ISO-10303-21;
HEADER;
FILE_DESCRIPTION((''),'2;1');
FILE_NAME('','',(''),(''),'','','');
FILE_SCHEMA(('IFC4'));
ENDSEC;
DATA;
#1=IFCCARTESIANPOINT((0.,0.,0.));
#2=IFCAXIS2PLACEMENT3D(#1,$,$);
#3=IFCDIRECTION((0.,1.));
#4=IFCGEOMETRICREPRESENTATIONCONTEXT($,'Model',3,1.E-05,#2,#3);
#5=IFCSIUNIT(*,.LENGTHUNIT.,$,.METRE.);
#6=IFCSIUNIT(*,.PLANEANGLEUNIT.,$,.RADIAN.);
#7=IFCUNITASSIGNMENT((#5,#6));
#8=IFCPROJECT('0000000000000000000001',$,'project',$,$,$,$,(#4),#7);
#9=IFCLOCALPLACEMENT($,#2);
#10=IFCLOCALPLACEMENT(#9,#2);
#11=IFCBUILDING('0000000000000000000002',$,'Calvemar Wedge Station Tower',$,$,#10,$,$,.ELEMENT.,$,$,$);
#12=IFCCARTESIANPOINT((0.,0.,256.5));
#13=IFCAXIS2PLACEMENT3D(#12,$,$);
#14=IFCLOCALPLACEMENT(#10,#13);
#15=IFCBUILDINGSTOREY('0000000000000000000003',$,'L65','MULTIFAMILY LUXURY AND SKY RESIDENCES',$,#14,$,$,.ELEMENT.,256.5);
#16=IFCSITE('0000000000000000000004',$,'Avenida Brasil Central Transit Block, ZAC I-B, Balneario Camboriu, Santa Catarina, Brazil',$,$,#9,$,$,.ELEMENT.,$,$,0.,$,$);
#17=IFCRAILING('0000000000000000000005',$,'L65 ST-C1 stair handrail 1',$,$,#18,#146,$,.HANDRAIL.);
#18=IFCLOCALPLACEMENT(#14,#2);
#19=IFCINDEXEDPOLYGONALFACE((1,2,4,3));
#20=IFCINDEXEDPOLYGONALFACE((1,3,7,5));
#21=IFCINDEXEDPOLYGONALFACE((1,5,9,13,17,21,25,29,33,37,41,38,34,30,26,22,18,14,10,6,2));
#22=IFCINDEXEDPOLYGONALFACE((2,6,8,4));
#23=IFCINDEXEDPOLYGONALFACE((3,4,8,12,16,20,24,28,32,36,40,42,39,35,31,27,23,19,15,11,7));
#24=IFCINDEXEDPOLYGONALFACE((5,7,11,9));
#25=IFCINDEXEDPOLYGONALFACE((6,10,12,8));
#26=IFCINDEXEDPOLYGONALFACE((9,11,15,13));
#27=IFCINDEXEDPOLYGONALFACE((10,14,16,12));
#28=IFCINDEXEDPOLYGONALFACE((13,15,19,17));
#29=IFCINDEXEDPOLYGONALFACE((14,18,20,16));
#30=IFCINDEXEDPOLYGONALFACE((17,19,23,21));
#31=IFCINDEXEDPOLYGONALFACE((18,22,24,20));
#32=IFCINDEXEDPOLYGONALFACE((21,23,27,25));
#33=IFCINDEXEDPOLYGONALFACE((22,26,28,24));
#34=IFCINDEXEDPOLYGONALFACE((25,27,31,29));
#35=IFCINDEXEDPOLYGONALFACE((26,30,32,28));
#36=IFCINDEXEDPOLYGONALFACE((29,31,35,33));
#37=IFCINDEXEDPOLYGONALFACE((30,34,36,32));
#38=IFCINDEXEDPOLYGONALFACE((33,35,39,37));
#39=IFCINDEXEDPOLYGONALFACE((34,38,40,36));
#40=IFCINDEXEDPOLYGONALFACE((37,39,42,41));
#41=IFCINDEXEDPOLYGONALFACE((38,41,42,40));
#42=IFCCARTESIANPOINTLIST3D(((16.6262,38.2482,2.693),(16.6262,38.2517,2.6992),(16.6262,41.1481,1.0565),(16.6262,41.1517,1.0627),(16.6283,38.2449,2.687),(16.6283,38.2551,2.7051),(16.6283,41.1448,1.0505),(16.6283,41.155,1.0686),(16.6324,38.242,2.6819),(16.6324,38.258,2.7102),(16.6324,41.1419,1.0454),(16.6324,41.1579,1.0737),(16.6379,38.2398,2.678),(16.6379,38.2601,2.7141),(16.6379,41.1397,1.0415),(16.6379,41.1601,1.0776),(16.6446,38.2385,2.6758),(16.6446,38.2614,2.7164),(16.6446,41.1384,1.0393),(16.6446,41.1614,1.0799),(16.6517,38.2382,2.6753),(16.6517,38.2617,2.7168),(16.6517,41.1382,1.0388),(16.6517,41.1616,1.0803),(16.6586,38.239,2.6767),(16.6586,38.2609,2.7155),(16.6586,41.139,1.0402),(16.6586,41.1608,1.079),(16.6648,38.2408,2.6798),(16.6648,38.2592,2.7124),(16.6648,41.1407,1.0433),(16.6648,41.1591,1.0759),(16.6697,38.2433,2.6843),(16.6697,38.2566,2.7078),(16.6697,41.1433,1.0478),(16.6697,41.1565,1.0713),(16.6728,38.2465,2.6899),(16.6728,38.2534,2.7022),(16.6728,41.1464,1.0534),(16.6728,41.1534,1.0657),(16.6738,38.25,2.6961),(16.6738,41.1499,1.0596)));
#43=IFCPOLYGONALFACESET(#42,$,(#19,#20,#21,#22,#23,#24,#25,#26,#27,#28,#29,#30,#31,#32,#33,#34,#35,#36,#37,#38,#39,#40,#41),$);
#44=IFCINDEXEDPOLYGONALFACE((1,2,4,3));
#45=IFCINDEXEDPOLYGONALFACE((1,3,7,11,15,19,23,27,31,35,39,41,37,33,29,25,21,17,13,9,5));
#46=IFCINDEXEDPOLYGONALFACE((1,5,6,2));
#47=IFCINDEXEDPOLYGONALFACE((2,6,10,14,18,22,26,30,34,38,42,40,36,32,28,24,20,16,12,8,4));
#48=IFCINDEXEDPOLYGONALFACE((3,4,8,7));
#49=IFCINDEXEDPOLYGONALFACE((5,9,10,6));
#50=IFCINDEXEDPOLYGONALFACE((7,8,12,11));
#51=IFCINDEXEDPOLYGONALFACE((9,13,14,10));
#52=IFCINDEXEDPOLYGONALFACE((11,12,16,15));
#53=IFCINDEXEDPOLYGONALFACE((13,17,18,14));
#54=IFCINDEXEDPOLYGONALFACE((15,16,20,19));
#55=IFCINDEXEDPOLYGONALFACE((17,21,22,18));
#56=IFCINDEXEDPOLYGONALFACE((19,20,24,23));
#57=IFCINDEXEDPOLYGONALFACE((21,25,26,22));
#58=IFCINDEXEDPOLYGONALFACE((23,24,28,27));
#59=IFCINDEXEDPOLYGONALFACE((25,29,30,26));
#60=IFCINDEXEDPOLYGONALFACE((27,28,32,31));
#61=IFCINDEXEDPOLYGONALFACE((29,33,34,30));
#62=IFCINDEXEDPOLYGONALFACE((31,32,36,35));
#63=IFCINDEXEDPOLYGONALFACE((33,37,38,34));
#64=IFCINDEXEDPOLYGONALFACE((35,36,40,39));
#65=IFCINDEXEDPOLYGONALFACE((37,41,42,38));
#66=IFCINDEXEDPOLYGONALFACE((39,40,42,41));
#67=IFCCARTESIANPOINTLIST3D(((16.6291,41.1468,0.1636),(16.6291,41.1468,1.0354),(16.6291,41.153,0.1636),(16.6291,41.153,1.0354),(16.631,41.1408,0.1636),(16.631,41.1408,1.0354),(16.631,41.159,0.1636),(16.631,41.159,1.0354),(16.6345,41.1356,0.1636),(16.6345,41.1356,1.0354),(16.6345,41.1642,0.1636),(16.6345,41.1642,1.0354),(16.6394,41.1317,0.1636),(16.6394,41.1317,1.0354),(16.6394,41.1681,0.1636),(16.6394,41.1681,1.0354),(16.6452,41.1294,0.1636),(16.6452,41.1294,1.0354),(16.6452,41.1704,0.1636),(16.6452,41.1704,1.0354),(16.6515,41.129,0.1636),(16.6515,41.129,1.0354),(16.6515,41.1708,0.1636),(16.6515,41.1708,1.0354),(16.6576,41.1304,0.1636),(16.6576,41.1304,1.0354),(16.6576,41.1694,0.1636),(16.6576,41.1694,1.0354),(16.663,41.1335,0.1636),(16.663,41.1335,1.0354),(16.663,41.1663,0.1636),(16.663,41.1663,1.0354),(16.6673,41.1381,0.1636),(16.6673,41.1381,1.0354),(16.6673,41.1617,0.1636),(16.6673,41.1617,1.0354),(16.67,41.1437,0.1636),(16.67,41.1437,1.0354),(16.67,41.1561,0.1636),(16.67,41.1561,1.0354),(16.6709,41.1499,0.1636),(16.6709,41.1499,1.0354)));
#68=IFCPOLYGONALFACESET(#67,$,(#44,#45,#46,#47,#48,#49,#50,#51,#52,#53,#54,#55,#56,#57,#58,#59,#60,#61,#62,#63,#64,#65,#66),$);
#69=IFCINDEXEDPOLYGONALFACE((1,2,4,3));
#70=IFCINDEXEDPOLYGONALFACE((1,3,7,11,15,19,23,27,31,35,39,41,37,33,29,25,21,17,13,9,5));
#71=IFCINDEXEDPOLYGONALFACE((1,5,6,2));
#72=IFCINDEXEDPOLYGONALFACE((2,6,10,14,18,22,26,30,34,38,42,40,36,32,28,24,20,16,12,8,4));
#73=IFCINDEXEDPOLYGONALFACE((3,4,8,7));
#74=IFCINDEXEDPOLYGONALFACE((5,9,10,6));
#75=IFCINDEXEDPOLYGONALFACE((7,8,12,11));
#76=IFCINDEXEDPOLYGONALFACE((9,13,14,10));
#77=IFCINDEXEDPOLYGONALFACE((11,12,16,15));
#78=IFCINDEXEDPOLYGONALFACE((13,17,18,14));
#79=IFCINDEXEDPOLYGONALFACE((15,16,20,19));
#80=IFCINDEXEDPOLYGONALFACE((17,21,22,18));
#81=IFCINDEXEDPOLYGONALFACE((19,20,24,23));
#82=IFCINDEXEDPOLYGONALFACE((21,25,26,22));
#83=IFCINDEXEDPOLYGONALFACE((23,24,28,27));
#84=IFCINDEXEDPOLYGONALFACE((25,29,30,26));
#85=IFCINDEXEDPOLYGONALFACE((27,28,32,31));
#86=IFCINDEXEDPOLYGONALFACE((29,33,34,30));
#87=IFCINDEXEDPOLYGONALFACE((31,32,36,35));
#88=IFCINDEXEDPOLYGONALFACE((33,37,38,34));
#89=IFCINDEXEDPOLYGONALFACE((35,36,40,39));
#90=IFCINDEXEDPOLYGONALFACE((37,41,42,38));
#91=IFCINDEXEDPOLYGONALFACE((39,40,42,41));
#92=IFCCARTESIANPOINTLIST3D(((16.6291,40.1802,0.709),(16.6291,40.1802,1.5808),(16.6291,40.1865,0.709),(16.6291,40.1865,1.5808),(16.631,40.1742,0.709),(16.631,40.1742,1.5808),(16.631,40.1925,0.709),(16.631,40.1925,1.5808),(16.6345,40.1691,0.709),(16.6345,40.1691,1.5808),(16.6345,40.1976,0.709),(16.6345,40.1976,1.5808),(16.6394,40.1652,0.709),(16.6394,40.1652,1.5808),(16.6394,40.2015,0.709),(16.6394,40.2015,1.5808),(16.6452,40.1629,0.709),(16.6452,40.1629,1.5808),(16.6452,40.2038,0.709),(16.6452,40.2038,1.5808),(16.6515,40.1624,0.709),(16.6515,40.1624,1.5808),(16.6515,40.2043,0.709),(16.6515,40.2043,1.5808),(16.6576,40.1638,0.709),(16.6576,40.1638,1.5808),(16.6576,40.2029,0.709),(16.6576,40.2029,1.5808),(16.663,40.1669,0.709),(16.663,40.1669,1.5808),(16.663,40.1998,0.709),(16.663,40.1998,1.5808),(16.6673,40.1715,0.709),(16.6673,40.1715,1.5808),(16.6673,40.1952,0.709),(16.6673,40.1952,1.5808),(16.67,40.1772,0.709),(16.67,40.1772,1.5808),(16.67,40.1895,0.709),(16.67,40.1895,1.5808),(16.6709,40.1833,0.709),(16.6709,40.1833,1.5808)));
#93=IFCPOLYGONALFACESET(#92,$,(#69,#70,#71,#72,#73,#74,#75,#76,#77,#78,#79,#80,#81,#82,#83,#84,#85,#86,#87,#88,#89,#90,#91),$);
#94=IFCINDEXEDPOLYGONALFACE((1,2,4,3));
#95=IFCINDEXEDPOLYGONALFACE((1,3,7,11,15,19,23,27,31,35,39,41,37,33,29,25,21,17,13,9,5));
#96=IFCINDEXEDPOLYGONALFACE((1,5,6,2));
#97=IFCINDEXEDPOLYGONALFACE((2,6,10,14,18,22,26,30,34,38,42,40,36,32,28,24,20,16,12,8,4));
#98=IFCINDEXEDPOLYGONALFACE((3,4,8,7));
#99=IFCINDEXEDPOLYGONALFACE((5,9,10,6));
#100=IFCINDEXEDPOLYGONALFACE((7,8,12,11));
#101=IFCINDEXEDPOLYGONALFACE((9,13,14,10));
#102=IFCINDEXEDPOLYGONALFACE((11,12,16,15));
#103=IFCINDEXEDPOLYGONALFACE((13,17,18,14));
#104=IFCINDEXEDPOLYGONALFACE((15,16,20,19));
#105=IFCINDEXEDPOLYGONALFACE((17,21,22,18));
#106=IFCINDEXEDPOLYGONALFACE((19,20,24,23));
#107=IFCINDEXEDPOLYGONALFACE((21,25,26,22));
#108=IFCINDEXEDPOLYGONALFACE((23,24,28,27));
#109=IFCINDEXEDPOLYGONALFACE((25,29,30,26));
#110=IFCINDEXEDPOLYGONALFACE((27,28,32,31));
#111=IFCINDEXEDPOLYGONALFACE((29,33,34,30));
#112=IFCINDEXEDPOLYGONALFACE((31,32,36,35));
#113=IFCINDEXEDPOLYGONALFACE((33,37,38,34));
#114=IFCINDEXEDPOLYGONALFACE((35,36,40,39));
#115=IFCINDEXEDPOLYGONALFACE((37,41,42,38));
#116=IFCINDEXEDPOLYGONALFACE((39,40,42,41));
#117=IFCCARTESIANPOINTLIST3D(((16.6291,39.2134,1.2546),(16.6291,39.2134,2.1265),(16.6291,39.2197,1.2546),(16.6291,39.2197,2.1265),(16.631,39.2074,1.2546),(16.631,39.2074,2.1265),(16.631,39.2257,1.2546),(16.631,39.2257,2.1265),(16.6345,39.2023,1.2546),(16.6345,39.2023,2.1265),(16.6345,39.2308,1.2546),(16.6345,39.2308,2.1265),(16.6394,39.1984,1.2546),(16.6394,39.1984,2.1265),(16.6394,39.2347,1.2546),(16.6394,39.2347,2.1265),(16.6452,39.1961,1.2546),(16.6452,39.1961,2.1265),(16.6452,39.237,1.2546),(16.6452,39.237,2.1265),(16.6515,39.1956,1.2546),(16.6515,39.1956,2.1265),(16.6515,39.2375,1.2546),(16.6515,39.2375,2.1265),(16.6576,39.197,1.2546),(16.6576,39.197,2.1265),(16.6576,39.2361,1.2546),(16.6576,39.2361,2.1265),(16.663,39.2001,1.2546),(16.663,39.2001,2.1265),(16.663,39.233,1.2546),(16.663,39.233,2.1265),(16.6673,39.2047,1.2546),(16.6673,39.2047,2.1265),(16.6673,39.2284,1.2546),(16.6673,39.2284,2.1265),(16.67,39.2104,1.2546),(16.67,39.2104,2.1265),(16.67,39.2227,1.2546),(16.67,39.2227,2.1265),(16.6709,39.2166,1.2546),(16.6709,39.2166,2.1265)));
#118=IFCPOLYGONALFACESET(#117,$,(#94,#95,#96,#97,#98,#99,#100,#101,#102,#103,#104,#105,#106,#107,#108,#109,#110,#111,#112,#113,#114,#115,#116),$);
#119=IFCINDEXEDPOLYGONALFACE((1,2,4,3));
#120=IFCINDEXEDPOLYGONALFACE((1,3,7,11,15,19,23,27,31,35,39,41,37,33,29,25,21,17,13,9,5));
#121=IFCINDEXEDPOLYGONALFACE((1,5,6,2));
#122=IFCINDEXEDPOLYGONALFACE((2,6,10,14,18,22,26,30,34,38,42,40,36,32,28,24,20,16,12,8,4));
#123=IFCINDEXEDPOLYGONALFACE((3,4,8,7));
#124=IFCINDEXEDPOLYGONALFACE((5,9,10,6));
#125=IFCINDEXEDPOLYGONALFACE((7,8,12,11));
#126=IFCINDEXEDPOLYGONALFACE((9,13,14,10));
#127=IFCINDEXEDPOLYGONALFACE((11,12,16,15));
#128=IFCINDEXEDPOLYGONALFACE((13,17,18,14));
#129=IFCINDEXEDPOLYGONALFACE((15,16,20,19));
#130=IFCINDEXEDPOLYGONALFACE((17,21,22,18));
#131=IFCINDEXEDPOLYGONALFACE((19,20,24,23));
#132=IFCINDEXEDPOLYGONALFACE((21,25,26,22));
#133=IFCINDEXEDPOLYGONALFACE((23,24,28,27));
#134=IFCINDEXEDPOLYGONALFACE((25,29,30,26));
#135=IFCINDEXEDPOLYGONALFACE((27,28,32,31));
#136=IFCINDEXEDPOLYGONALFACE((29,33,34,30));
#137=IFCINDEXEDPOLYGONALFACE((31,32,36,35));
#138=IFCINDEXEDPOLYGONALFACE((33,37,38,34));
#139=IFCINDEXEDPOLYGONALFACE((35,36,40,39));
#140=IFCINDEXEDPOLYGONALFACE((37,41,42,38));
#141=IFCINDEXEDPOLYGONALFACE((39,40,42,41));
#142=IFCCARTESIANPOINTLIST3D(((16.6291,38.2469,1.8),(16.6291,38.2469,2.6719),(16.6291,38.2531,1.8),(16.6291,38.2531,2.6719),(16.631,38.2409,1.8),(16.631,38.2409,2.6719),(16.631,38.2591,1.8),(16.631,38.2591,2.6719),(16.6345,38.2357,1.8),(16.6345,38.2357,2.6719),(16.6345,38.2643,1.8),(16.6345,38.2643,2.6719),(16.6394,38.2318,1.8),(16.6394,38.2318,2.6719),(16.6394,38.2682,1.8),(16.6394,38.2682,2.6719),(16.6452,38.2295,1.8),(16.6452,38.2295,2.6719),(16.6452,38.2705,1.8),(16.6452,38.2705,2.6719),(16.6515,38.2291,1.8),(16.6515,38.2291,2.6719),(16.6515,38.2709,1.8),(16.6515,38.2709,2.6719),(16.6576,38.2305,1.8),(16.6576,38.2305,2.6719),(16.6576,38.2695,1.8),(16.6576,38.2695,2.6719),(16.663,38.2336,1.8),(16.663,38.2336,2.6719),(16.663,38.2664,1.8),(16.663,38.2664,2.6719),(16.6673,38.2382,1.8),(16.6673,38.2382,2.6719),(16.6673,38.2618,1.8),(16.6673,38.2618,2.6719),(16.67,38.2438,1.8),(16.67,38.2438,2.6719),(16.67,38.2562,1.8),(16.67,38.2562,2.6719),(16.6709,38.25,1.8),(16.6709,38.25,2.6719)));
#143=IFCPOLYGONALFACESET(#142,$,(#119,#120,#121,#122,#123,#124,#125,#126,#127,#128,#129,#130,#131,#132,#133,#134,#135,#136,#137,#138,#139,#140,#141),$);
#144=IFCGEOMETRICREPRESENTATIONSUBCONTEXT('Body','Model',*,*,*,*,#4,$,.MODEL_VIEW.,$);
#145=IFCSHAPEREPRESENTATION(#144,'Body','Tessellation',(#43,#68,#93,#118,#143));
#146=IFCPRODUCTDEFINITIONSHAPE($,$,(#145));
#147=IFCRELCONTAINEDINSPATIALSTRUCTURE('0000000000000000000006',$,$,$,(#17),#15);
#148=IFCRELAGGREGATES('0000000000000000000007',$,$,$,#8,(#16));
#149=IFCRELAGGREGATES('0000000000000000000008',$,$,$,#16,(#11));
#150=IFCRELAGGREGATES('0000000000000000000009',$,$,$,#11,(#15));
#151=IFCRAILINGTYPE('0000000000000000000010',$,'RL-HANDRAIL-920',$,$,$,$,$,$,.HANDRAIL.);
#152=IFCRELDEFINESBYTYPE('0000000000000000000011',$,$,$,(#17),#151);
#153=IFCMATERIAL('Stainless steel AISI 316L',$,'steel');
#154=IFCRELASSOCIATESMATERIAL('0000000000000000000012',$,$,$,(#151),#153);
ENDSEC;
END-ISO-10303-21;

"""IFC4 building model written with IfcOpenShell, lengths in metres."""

from ifc_helpers import new_model, si_unit, direction, frame, origin, origin_2d, place, context, subcontext, project, spatial, circle, extrude, material, type_object, element, save


model = new_model("IFC4")

# Units and contexts
model_context = context("Model", 3, precision=1e-05, world=origin(), true_north=direction((0.0, 1.0)))
body_context = subcontext(model_context, "Body", "Model", "MODEL_VIEW")
ifc_project = project(units=[si_unit("LENGTHUNIT", "METRE"), si_unit("PLANEANGLEUNIT", "RADIAN")], contexts=[model_context])

# Site, building, storey
site_placement = place(None, origin())
site = spatial("IfcSite", under=ifc_project, at=site_placement, Name="Avenida Brasil Central Transit Block, ZAC I-B, Balneario Camboriu, Santa Catarina, Brazil", CompositionType="ELEMENT", RefElevation=0.0)
building_placement = place(site_placement, origin())
building = spatial("IfcBuilding", under=site, at=building_placement, Name="Calvemar Wedge Station Tower", CompositionType="ELEMENT")
storey_placement = place(building_placement, frame((0.0, 0.0, 256.5)))
storey = spatial("IfcBuildingStorey", under=building, at=storey_placement, Name="L65", Description="MULTIFAMILY LUXURY AND SKY RESIDENCES", CompositionType="ELEMENT", Elevation=256.5)

# Railing
ifc_material_1 = material(Name="Stainless steel AISI 316L", Category="steel")
railing_type_1 = type_object("IfcRailingType", Name="RL-HANDRAIL-920", PredefinedType="HANDRAIL", material=ifc_material_1)
railing_1_placement = place(storey_placement, frame((16.6499, 41.1499, 0.1636)))
element("IfcRailing", 1, at=railing_1_placement, inside=storey, type_object=railing_type_1, Name="L65 ST-C1 stair handrail 1", PredefinedType="HANDRAIL", context=body_context, shape_type="SweptSolid", body=[
    extrude(circle(Radius=0.0239, at=origin_2d()), frame((0.0, 0.0, 0.896), z_axis=(0.0, -0.870897, 0.491465), x_axis=(1.0, 0.0, 0.0)), (0.0, 0.0, 1.0), 3.3298),
    extrude(circle(Radius=0.021, at=origin_2d()), origin(), (0.0, 0.0, 1.0), 0.8718),
    extrude(circle(Radius=0.021, at=origin_2d()), frame((0.0, -0.9666, 0.5454)), (0.0, 0.0, 1.0), 0.8718),
    extrude(circle(Radius=0.021, at=origin_2d()), frame((0.0, -1.9333, 1.0911)), (0.0, 0.0, 1.0), 0.8718),
    extrude(circle(Radius=0.021, at=origin_2d()), frame((0.0, -2.8999, 1.6365)), (0.0, 0.0, 1.0), 0.8718),
])

save(model, "model.ifc")
